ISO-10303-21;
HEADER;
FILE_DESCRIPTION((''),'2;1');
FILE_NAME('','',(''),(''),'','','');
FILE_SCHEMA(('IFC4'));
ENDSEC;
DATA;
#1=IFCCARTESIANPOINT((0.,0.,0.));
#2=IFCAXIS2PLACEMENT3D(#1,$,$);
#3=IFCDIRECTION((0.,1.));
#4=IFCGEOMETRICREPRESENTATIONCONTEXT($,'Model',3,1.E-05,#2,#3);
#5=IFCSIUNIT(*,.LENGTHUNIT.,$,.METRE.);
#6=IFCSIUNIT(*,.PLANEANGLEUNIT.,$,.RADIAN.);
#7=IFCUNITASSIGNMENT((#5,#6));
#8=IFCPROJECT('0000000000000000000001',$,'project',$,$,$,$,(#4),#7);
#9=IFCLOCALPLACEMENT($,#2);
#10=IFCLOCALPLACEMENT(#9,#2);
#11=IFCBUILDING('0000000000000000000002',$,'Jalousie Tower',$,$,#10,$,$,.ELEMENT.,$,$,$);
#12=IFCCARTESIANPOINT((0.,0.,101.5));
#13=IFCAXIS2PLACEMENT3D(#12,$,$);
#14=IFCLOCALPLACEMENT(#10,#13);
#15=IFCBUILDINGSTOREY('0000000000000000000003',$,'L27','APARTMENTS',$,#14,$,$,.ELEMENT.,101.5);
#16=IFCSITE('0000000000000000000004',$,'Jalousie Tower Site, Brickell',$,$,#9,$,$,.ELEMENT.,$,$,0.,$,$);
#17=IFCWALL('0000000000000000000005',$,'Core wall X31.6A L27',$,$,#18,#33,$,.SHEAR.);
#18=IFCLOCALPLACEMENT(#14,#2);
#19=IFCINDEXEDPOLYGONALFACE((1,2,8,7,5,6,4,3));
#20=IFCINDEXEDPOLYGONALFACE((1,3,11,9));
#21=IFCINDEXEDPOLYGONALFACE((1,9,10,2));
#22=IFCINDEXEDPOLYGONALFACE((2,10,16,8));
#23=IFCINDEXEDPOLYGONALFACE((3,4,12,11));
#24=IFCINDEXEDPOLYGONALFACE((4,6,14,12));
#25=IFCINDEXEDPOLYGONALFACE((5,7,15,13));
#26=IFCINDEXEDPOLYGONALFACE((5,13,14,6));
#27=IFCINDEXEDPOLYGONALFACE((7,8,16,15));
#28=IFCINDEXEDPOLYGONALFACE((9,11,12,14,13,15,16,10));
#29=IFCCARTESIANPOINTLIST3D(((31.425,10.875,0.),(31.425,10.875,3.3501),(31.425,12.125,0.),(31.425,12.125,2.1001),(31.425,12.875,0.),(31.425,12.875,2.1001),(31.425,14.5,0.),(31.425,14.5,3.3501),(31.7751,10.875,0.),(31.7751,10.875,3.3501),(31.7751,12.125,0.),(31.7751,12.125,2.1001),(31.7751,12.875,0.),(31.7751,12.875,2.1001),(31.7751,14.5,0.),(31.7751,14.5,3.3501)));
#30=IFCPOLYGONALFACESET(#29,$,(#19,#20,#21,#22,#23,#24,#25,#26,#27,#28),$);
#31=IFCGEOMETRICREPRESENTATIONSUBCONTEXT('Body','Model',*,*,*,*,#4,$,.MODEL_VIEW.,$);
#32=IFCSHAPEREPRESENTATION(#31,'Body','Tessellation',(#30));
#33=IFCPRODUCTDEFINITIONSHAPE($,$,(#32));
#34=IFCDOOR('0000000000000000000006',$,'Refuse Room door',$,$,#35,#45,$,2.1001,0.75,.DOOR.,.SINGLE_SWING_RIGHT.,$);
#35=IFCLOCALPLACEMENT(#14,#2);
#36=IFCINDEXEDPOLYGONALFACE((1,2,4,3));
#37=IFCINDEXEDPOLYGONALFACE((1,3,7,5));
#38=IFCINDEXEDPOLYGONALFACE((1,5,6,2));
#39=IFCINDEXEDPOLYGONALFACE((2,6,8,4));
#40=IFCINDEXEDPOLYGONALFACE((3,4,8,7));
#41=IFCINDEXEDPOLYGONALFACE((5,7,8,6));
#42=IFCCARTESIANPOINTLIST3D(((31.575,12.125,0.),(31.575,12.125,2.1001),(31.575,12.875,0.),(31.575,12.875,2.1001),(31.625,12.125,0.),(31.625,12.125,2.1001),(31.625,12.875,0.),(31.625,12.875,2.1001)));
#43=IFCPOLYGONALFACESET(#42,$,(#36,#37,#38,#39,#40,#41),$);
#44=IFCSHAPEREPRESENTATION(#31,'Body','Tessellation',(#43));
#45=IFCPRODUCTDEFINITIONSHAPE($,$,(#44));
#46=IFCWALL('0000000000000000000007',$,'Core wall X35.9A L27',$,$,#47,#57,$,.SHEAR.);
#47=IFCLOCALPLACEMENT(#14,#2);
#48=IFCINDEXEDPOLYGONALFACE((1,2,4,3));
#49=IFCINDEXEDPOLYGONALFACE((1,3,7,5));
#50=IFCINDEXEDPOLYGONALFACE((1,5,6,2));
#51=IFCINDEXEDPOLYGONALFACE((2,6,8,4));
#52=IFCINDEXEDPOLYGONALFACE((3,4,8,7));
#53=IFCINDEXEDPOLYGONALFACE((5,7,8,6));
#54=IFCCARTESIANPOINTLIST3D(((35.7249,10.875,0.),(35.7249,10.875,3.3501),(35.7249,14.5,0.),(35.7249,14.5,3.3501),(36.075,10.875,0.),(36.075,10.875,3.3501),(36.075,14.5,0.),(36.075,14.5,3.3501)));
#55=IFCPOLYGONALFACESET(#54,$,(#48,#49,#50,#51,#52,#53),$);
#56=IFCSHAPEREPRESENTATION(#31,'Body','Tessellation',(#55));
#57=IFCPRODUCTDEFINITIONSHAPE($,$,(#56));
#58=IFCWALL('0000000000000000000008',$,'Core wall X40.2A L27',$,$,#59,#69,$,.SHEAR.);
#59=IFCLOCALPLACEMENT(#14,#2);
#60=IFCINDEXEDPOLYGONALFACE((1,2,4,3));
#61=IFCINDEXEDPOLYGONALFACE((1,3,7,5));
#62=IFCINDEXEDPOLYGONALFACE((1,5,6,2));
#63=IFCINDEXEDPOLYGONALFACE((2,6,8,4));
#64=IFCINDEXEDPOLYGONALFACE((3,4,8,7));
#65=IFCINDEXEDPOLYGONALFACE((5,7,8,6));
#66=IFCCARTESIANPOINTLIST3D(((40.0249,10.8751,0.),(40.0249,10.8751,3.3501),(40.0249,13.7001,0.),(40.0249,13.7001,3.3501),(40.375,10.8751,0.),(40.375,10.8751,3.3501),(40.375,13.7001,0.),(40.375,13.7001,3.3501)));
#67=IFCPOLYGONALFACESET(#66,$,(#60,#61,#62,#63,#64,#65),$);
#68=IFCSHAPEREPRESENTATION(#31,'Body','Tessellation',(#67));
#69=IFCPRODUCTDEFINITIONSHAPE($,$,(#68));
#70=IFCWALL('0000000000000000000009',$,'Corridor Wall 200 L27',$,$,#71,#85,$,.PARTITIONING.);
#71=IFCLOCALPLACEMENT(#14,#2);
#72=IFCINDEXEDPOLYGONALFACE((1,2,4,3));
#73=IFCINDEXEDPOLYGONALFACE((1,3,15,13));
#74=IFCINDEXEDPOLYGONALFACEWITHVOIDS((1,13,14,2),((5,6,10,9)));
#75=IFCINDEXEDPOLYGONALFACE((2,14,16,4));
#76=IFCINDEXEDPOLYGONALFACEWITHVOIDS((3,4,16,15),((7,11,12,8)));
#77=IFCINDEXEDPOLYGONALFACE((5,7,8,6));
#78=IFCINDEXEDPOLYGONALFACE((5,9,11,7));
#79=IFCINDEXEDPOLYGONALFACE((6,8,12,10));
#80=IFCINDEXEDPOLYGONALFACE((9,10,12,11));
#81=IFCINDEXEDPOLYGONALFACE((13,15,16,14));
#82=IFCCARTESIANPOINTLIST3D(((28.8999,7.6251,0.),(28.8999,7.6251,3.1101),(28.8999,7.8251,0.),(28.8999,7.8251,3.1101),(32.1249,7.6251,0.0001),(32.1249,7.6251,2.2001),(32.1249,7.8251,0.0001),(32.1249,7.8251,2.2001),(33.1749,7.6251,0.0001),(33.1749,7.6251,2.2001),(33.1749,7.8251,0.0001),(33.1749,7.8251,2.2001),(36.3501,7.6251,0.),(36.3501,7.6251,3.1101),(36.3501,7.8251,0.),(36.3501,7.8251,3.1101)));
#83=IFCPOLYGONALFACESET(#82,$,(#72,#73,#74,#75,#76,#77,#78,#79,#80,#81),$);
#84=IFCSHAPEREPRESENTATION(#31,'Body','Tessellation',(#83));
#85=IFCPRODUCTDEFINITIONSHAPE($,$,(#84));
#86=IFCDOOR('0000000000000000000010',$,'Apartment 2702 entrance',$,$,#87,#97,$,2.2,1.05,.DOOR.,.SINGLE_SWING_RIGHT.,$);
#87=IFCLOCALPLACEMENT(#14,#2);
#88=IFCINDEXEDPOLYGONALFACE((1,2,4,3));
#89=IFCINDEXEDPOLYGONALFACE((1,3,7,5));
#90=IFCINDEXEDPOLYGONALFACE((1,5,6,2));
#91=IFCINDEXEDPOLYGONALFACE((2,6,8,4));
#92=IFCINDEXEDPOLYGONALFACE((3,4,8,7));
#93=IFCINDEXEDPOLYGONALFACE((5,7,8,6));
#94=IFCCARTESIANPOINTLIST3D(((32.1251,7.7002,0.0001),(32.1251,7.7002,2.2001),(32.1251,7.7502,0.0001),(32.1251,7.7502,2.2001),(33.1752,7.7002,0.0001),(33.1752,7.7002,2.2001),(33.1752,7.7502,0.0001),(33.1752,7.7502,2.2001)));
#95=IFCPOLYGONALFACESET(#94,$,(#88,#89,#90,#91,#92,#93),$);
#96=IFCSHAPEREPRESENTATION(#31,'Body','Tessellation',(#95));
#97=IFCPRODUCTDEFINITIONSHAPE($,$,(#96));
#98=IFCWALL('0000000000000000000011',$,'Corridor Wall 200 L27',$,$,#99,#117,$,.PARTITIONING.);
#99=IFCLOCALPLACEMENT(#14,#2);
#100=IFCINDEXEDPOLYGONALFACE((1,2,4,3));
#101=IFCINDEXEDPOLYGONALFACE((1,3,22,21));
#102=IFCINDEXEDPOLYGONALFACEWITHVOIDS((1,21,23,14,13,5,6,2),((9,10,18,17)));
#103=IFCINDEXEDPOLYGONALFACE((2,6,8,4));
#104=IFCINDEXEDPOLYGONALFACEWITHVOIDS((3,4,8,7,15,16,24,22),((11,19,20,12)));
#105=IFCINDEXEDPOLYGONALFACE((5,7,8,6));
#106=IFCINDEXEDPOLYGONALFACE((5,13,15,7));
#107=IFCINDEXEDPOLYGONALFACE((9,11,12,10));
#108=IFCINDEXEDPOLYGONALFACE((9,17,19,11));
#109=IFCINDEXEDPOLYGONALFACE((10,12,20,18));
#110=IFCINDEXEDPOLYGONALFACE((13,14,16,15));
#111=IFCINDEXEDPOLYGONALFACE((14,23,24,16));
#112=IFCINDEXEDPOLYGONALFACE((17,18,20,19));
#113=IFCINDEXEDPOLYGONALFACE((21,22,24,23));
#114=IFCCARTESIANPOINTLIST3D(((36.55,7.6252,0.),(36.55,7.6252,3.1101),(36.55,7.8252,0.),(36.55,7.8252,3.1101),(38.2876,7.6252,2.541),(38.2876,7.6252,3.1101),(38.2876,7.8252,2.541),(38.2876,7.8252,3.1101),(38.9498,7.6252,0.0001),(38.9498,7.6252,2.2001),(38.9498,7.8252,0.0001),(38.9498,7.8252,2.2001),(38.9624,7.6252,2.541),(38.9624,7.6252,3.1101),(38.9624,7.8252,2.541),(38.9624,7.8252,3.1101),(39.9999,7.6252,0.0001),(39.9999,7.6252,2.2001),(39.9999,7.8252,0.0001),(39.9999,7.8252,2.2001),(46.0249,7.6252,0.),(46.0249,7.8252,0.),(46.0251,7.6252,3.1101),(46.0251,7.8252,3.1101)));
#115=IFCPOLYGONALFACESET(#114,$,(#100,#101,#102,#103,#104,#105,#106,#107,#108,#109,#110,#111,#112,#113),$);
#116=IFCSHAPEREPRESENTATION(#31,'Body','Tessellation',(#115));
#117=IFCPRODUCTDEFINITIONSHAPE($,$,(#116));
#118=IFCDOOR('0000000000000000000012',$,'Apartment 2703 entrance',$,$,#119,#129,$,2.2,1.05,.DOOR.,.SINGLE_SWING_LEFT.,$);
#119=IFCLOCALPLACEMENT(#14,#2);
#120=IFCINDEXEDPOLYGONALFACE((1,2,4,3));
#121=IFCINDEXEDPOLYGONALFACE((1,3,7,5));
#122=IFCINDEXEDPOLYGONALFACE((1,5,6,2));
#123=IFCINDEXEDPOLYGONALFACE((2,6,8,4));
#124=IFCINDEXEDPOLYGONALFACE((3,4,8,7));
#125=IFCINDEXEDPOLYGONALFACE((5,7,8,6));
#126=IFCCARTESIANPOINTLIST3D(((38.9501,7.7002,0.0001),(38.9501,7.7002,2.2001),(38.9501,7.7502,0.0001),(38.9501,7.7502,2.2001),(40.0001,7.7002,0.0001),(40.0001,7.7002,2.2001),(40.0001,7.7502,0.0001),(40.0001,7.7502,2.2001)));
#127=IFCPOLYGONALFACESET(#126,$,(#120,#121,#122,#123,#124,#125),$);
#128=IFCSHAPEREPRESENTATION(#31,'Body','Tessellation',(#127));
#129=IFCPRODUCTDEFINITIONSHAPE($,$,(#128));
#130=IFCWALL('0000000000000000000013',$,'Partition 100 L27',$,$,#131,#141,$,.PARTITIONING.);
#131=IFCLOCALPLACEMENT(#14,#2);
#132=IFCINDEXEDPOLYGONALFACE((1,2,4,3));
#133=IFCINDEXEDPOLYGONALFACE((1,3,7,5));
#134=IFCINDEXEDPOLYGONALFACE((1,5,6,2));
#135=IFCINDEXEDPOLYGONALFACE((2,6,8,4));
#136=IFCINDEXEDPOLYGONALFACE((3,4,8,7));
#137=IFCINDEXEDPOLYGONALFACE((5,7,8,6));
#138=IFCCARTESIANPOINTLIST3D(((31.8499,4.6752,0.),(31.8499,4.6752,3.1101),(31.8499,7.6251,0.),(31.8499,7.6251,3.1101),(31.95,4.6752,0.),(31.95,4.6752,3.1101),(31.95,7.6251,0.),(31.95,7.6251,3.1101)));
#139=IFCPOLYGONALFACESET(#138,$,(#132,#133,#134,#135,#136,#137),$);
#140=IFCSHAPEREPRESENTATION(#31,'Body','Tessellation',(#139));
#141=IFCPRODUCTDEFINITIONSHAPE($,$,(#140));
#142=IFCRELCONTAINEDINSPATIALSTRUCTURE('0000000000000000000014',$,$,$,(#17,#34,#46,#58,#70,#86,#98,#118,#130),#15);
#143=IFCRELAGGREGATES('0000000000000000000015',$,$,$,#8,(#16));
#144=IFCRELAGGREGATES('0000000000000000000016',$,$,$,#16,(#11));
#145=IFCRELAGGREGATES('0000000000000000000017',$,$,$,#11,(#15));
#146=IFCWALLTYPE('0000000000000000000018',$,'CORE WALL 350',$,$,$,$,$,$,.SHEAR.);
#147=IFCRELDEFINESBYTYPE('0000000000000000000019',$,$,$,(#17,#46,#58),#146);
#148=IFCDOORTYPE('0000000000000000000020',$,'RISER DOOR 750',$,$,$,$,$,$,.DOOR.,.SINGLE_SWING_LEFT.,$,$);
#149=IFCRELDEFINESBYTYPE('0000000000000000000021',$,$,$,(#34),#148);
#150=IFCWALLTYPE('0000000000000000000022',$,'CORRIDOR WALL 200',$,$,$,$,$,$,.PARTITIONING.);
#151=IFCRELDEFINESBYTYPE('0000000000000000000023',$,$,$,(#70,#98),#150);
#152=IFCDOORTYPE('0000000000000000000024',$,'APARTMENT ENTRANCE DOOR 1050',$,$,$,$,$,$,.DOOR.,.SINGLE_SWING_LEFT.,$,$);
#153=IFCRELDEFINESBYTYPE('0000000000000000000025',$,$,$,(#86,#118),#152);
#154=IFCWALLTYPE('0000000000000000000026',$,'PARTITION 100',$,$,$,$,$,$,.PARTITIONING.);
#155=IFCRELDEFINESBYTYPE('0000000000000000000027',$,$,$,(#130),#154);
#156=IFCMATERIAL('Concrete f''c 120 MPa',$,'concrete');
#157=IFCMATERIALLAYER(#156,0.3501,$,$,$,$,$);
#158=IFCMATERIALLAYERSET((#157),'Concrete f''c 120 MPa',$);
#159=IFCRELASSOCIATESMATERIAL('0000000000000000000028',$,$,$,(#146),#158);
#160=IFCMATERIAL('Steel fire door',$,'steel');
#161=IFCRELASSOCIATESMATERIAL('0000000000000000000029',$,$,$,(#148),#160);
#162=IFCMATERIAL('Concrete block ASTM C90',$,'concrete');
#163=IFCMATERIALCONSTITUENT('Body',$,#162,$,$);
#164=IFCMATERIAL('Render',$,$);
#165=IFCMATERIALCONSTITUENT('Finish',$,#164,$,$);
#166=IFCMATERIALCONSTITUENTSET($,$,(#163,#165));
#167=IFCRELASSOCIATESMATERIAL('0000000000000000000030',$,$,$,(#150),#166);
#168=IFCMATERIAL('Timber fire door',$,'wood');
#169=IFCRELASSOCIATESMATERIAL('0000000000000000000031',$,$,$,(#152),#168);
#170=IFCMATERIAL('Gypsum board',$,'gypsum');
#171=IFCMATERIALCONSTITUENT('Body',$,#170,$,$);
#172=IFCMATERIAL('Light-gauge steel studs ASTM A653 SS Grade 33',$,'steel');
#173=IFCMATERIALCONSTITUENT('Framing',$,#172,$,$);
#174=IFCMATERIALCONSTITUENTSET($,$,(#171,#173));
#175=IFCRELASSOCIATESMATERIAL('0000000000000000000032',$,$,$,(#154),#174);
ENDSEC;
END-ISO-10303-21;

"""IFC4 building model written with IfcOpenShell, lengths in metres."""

from ifc_helpers import new_model, si_unit, direction, frame, frame_2d, origin, place, context, subcontext, project, spatial, polyline, rectangle, outline, extrude, material, layer, layer_set, constituent, constituent_set, type_object, element, fill, save


model = new_model("IFC4")

# Units and contexts
model_context = context("Model", 3, precision=1e-05, world=origin(), true_north=direction((0.0, 1.0)))
body_context = subcontext(model_context, "Body", "Model", "MODEL_VIEW")
ifc_project = project(units=[si_unit("LENGTHUNIT", "METRE"), si_unit("PLANEANGLEUNIT", "RADIAN")], contexts=[model_context])

# Site, building, storey
site_placement = place(None, origin())
site = spatial("IfcSite", under=ifc_project, at=site_placement, Name="Jalousie Tower Site, Brickell", CompositionType="ELEMENT", RefElevation=0.0)
building_placement = place(site_placement, origin())
building = spatial("IfcBuilding", under=site, at=building_placement, Name="Jalousie Tower", CompositionType="ELEMENT")
storey_placement = place(building_placement, frame((0.0, 0.0, 101.5)))
storey = spatial("IfcBuildingStorey", under=building, at=storey_placement, Name="L27", Description="APARTMENTS", CompositionType="ELEMENT", Elevation=101.5)

# Wall, opening, door
ifc_material_1 = material(Name="Concrete f'c 120 MPa", Category="concrete")
ifc_layer_1 = layer(ifc_material_1, 0.3501)
ifc_layer_set_1 = layer_set([ifc_layer_1], Name="Concrete f'c 120 MPa")
wall_type_1 = type_object("IfcWallType", Name="CORE WALL 350", PredefinedType="SHEAR", material=ifc_layer_set_1)
wall_1_placement = place(storey_placement, frame((31.6001, 10.875, 0.0), z_axis=(0.0, 0.0, 1.0), x_axis=(0.0, 1.0, 0.0)))
wall_1 = element("IfcWall", 1, at=wall_1_placement, inside=storey, type_object=wall_type_1, Name="Core wall X31.6A L27", PredefinedType="SHEAR", context=body_context, shape_type="SweptSolid", body=[
    extrude(rectangle(XDim=3.625, YDim=0.3501, at=frame_2d((1.8125, 0.0))), origin(), (0.0, 0.0, 1.0), 3.3501),
])
opening_1_placement = place(wall_1_placement, frame((1.25, 0.0, 0.0)))
opening_1 = element("IfcOpeningElement", 2, at=opening_1_placement, cuts=wall_1, PredefinedType="OPENING", context=body_context, shape_type="SweptSolid", body=[
    extrude(rectangle(XDim=0.75, YDim=2.1001, at=frame_2d((0.375, 1.05))), frame((0.0, 0.1851, 0.0), z_axis=(0.0, -1.0, 0.0), x_axis=(1.0, 0.0, 0.0)), (0.0, 0.0, 1.0), 0.3701),
])
ifc_material_2 = material(Name="Steel fire door", Category="steel")
door_type_1 = type_object("IfcDoorType", Name="RISER DOOR 750", OperationType="SINGLE_SWING_LEFT", PredefinedType="DOOR", material=ifc_material_2)
door_1_placement = place(opening_1_placement, frame((0.75, 0.0, 0.0), z_axis=(0.0, 0.0, 1.0), x_axis=(-1.0, 0.0, 0.0)))
door_1 = element("IfcDoor", 3, at=door_1_placement, inside=storey, type_object=door_type_1, Name="Refuse Room door", OperationType="SINGLE_SWING_RIGHT", OverallHeight=2.1001, OverallWidth=0.75, PredefinedType="DOOR", context=body_context, shape_type="SweptSolid", body=[
    extrude(rectangle(XDim=0.75, YDim=2.1001, at=frame_2d((0.375, 1.05))), frame((0.0, 0.0249, 0.0), z_axis=(0.0, -1.0, 0.0), x_axis=(1.0, 0.0, 0.0)), (0.0, 0.0, 1.0), 0.05),
])
fill(opening_1, door_1)

# Walls
wall_2_placement = place(storey_placement, frame((35.8999, 10.875, 0.0), z_axis=(0.0, 0.0, 1.0), x_axis=(0.0, 1.0, 0.0)))
element("IfcWall", 4, at=wall_2_placement, inside=storey, type_object=wall_type_1, Name="Core wall X35.9A L27", PredefinedType="SHEAR", context=body_context, shape_type="SweptSolid", body=[
    extrude(rectangle(XDim=3.625, YDim=0.3501, at=frame_2d((1.8125, 0.0))), origin(), (0.0, 0.0, 1.0), 3.3501),
])
wall_3_placement = place(storey_placement, frame((40.2, 10.875, 0.0), z_axis=(0.0, 0.0, 1.0), x_axis=(0.0, 1.0, 0.0)))
element("IfcWall", 5, at=wall_3_placement, inside=storey, type_object=wall_type_1, Name="Core wall X40.2A L27", PredefinedType="SHEAR", context=body_context, shape_type="SweptSolid", body=[
    extrude(rectangle(XDim=2.825, YDim=0.3501, at=frame_2d((1.4126, 0.0))), origin(), (0.0, 0.0, 1.0), 3.3501),
])

# Walls, openings, doors
ifc_material_3 = material(Name="Concrete block ASTM C90", Category="concrete")
ifc_constituent_1 = constituent(ifc_material_3, Name="Body")
ifc_material_4 = material(Name="Render")
ifc_constituent_2 = constituent(ifc_material_4, Name="Finish")
ifc_constituent_set_1 = constituent_set(constituents=[ifc_constituent_1, ifc_constituent_2])
wall_type_2 = type_object("IfcWallType", Name="CORRIDOR WALL 200", PredefinedType="PARTITIONING", material=ifc_constituent_set_1)
wall_4_placement = place(storey_placement, frame((28.8999, 7.7251, 0.0), z_axis=(0.0, 0.0, 1.0), x_axis=(1.0, 0.0, 0.0)))
wall_4 = element("IfcWall", 6, at=wall_4_placement, inside=storey, type_object=wall_type_2, Name="Corridor Wall 200 L27", PredefinedType="PARTITIONING", context=body_context, shape_type="SweptSolid", body=[
    extrude(rectangle(XDim=7.4502, YDim=0.2, at=frame_2d((3.7251, 0.0))), origin(), (0.0, 0.0, 1.0), 3.1101),
])
opening_2_placement = place(wall_4_placement, frame((3.2251, 0.0, 0.0)))
opening_2 = element("IfcOpeningElement", 7, at=opening_2_placement, cuts=wall_4, PredefinedType="OPENING", context=body_context, shape_type="SweptSolid", body=[
    extrude(rectangle(XDim=1.05, YDim=2.2, at=frame_2d((0.5249, 1.1001))), frame((0.0, 0.1099, 0.0), z_axis=(0.0, -1.0, 0.0), x_axis=(1.0, 0.0, 0.0)), (0.0, 0.0, 1.0), 0.22),
])
ifc_material_5 = material(Name="Timber fire door", Category="wood")
door_type_2 = type_object("IfcDoorType", Name="APARTMENT ENTRANCE DOOR 1050", OperationType="SINGLE_SWING_LEFT", PredefinedType="DOOR", material=ifc_material_5)
door_2_placement = place(opening_2_placement, frame((1.05, 0.0, 0.0), z_axis=(0.0, 0.0, 1.0), x_axis=(-1.0, 0.0, 0.0)))
door_2 = element("IfcDoor", 8, at=door_2_placement, inside=storey, type_object=door_type_2, Name="Apartment 2702 entrance", OperationType="SINGLE_SWING_RIGHT", OverallHeight=2.2, OverallWidth=1.05, PredefinedType="DOOR", context=body_context, shape_type="SweptSolid", body=[
    extrude(rectangle(XDim=1.05, YDim=2.2, at=frame_2d((0.5249, 1.1001))), frame((0.0, 0.0249, 0.0), z_axis=(0.0, -1.0, 0.0), x_axis=(1.0, 0.0, 0.0)), (0.0, 0.0, 1.0), 0.05),
])
fill(opening_2, door_2)
wall_5_placement = place(storey_placement, frame((36.55, 7.7251, 0.0), z_axis=(0.0, 0.0, 1.0), x_axis=(1.0, 0.0, 0.0)))
wall_5 = element("IfcWall", 9, at=wall_5_placement, inside=storey, type_object=wall_type_2, Name="Corridor Wall 200 L27", PredefinedType="PARTITIONING", context=body_context, shape_type="SweptSolid", body=[
    extrude(outline(polyline([(0.0, 0.0), (9.4749, 0.0), (9.4751, 3.1101), (2.4124, 3.1101), (2.4124, 2.541), (1.7375, 2.541), (1.7375, 3.1101), (0.0, 3.1101), (0.0, 0.0)])), frame((0.0, 0.1001, 0.0), z_axis=(0.0, -1.0, 0.0), x_axis=(1.0, 0.0, 0.0)), (0.0, 0.0, 1.0), 0.2),
])
opening_3_placement = place(wall_5_placement, frame((2.3999, 0.0, 0.0)))
opening_3 = element("IfcOpeningElement", 10, at=opening_3_placement, cuts=wall_5, PredefinedType="OPENING", context=body_context, shape_type="SweptSolid", body=[
    extrude(rectangle(XDim=1.05, YDim=2.2, at=frame_2d((0.5249, 1.1001))), frame((0.0, 0.1099, 0.0), z_axis=(0.0, -1.0, 0.0), x_axis=(1.0, 0.0, 0.0)), (0.0, 0.0, 1.0), 0.22),
])
door_3_placement = place(opening_3_placement, frame((1.05, 0.0, 0.0), z_axis=(0.0, 0.0, 1.0), x_axis=(-1.0, 0.0, 0.0)))
door_3 = element("IfcDoor", 11, at=door_3_placement, inside=storey, type_object=door_type_2, Name="Apartment 2703 entrance", OperationType="SINGLE_SWING_LEFT", OverallHeight=2.2, OverallWidth=1.05, PredefinedType="DOOR", context=body_context, shape_type="SweptSolid", body=[
    extrude(rectangle(XDim=1.05, YDim=2.2, at=frame_2d((0.5249, 1.1001))), frame((0.0, 0.0249, 0.0), z_axis=(0.0, -1.0, 0.0), x_axis=(1.0, 0.0, 0.0)), (0.0, 0.0, 1.0), 0.05),
])
fill(opening_3, door_3)

# Wall
ifc_material_6 = material(Name="Gypsum board", Category="gypsum")
ifc_constituent_3 = constituent(ifc_material_6, Name="Body")
ifc_material_7 = material(Name="Light-gauge steel studs ASTM A653 SS Grade 33", Category="steel")
ifc_constituent_4 = constituent(ifc_material_7, Name="Framing")
ifc_constituent_set_2 = constituent_set(constituents=[ifc_constituent_3, ifc_constituent_4])
wall_type_3 = type_object("IfcWallType", Name="PARTITION 100", PredefinedType="PARTITIONING", material=ifc_constituent_set_2)
wall_6_placement = place(storey_placement, frame((31.8999, 4.675, 0.0), z_axis=(0.0, 0.0, 1.0), x_axis=(0.0, 1.0, 0.0)))
element("IfcWall", 12, at=wall_6_placement, inside=storey, type_object=wall_type_3, Name="Partition 100 L27", PredefinedType="PARTITIONING", context=body_context, shape_type="SweptSolid", body=[
    extrude(rectangle(XDim=2.95, YDim=0.1001, at=frame_2d((1.4751, 0.0))), origin(), (0.0, 0.0, 1.0), 3.1101),
])

save(model, "model.ifc")
